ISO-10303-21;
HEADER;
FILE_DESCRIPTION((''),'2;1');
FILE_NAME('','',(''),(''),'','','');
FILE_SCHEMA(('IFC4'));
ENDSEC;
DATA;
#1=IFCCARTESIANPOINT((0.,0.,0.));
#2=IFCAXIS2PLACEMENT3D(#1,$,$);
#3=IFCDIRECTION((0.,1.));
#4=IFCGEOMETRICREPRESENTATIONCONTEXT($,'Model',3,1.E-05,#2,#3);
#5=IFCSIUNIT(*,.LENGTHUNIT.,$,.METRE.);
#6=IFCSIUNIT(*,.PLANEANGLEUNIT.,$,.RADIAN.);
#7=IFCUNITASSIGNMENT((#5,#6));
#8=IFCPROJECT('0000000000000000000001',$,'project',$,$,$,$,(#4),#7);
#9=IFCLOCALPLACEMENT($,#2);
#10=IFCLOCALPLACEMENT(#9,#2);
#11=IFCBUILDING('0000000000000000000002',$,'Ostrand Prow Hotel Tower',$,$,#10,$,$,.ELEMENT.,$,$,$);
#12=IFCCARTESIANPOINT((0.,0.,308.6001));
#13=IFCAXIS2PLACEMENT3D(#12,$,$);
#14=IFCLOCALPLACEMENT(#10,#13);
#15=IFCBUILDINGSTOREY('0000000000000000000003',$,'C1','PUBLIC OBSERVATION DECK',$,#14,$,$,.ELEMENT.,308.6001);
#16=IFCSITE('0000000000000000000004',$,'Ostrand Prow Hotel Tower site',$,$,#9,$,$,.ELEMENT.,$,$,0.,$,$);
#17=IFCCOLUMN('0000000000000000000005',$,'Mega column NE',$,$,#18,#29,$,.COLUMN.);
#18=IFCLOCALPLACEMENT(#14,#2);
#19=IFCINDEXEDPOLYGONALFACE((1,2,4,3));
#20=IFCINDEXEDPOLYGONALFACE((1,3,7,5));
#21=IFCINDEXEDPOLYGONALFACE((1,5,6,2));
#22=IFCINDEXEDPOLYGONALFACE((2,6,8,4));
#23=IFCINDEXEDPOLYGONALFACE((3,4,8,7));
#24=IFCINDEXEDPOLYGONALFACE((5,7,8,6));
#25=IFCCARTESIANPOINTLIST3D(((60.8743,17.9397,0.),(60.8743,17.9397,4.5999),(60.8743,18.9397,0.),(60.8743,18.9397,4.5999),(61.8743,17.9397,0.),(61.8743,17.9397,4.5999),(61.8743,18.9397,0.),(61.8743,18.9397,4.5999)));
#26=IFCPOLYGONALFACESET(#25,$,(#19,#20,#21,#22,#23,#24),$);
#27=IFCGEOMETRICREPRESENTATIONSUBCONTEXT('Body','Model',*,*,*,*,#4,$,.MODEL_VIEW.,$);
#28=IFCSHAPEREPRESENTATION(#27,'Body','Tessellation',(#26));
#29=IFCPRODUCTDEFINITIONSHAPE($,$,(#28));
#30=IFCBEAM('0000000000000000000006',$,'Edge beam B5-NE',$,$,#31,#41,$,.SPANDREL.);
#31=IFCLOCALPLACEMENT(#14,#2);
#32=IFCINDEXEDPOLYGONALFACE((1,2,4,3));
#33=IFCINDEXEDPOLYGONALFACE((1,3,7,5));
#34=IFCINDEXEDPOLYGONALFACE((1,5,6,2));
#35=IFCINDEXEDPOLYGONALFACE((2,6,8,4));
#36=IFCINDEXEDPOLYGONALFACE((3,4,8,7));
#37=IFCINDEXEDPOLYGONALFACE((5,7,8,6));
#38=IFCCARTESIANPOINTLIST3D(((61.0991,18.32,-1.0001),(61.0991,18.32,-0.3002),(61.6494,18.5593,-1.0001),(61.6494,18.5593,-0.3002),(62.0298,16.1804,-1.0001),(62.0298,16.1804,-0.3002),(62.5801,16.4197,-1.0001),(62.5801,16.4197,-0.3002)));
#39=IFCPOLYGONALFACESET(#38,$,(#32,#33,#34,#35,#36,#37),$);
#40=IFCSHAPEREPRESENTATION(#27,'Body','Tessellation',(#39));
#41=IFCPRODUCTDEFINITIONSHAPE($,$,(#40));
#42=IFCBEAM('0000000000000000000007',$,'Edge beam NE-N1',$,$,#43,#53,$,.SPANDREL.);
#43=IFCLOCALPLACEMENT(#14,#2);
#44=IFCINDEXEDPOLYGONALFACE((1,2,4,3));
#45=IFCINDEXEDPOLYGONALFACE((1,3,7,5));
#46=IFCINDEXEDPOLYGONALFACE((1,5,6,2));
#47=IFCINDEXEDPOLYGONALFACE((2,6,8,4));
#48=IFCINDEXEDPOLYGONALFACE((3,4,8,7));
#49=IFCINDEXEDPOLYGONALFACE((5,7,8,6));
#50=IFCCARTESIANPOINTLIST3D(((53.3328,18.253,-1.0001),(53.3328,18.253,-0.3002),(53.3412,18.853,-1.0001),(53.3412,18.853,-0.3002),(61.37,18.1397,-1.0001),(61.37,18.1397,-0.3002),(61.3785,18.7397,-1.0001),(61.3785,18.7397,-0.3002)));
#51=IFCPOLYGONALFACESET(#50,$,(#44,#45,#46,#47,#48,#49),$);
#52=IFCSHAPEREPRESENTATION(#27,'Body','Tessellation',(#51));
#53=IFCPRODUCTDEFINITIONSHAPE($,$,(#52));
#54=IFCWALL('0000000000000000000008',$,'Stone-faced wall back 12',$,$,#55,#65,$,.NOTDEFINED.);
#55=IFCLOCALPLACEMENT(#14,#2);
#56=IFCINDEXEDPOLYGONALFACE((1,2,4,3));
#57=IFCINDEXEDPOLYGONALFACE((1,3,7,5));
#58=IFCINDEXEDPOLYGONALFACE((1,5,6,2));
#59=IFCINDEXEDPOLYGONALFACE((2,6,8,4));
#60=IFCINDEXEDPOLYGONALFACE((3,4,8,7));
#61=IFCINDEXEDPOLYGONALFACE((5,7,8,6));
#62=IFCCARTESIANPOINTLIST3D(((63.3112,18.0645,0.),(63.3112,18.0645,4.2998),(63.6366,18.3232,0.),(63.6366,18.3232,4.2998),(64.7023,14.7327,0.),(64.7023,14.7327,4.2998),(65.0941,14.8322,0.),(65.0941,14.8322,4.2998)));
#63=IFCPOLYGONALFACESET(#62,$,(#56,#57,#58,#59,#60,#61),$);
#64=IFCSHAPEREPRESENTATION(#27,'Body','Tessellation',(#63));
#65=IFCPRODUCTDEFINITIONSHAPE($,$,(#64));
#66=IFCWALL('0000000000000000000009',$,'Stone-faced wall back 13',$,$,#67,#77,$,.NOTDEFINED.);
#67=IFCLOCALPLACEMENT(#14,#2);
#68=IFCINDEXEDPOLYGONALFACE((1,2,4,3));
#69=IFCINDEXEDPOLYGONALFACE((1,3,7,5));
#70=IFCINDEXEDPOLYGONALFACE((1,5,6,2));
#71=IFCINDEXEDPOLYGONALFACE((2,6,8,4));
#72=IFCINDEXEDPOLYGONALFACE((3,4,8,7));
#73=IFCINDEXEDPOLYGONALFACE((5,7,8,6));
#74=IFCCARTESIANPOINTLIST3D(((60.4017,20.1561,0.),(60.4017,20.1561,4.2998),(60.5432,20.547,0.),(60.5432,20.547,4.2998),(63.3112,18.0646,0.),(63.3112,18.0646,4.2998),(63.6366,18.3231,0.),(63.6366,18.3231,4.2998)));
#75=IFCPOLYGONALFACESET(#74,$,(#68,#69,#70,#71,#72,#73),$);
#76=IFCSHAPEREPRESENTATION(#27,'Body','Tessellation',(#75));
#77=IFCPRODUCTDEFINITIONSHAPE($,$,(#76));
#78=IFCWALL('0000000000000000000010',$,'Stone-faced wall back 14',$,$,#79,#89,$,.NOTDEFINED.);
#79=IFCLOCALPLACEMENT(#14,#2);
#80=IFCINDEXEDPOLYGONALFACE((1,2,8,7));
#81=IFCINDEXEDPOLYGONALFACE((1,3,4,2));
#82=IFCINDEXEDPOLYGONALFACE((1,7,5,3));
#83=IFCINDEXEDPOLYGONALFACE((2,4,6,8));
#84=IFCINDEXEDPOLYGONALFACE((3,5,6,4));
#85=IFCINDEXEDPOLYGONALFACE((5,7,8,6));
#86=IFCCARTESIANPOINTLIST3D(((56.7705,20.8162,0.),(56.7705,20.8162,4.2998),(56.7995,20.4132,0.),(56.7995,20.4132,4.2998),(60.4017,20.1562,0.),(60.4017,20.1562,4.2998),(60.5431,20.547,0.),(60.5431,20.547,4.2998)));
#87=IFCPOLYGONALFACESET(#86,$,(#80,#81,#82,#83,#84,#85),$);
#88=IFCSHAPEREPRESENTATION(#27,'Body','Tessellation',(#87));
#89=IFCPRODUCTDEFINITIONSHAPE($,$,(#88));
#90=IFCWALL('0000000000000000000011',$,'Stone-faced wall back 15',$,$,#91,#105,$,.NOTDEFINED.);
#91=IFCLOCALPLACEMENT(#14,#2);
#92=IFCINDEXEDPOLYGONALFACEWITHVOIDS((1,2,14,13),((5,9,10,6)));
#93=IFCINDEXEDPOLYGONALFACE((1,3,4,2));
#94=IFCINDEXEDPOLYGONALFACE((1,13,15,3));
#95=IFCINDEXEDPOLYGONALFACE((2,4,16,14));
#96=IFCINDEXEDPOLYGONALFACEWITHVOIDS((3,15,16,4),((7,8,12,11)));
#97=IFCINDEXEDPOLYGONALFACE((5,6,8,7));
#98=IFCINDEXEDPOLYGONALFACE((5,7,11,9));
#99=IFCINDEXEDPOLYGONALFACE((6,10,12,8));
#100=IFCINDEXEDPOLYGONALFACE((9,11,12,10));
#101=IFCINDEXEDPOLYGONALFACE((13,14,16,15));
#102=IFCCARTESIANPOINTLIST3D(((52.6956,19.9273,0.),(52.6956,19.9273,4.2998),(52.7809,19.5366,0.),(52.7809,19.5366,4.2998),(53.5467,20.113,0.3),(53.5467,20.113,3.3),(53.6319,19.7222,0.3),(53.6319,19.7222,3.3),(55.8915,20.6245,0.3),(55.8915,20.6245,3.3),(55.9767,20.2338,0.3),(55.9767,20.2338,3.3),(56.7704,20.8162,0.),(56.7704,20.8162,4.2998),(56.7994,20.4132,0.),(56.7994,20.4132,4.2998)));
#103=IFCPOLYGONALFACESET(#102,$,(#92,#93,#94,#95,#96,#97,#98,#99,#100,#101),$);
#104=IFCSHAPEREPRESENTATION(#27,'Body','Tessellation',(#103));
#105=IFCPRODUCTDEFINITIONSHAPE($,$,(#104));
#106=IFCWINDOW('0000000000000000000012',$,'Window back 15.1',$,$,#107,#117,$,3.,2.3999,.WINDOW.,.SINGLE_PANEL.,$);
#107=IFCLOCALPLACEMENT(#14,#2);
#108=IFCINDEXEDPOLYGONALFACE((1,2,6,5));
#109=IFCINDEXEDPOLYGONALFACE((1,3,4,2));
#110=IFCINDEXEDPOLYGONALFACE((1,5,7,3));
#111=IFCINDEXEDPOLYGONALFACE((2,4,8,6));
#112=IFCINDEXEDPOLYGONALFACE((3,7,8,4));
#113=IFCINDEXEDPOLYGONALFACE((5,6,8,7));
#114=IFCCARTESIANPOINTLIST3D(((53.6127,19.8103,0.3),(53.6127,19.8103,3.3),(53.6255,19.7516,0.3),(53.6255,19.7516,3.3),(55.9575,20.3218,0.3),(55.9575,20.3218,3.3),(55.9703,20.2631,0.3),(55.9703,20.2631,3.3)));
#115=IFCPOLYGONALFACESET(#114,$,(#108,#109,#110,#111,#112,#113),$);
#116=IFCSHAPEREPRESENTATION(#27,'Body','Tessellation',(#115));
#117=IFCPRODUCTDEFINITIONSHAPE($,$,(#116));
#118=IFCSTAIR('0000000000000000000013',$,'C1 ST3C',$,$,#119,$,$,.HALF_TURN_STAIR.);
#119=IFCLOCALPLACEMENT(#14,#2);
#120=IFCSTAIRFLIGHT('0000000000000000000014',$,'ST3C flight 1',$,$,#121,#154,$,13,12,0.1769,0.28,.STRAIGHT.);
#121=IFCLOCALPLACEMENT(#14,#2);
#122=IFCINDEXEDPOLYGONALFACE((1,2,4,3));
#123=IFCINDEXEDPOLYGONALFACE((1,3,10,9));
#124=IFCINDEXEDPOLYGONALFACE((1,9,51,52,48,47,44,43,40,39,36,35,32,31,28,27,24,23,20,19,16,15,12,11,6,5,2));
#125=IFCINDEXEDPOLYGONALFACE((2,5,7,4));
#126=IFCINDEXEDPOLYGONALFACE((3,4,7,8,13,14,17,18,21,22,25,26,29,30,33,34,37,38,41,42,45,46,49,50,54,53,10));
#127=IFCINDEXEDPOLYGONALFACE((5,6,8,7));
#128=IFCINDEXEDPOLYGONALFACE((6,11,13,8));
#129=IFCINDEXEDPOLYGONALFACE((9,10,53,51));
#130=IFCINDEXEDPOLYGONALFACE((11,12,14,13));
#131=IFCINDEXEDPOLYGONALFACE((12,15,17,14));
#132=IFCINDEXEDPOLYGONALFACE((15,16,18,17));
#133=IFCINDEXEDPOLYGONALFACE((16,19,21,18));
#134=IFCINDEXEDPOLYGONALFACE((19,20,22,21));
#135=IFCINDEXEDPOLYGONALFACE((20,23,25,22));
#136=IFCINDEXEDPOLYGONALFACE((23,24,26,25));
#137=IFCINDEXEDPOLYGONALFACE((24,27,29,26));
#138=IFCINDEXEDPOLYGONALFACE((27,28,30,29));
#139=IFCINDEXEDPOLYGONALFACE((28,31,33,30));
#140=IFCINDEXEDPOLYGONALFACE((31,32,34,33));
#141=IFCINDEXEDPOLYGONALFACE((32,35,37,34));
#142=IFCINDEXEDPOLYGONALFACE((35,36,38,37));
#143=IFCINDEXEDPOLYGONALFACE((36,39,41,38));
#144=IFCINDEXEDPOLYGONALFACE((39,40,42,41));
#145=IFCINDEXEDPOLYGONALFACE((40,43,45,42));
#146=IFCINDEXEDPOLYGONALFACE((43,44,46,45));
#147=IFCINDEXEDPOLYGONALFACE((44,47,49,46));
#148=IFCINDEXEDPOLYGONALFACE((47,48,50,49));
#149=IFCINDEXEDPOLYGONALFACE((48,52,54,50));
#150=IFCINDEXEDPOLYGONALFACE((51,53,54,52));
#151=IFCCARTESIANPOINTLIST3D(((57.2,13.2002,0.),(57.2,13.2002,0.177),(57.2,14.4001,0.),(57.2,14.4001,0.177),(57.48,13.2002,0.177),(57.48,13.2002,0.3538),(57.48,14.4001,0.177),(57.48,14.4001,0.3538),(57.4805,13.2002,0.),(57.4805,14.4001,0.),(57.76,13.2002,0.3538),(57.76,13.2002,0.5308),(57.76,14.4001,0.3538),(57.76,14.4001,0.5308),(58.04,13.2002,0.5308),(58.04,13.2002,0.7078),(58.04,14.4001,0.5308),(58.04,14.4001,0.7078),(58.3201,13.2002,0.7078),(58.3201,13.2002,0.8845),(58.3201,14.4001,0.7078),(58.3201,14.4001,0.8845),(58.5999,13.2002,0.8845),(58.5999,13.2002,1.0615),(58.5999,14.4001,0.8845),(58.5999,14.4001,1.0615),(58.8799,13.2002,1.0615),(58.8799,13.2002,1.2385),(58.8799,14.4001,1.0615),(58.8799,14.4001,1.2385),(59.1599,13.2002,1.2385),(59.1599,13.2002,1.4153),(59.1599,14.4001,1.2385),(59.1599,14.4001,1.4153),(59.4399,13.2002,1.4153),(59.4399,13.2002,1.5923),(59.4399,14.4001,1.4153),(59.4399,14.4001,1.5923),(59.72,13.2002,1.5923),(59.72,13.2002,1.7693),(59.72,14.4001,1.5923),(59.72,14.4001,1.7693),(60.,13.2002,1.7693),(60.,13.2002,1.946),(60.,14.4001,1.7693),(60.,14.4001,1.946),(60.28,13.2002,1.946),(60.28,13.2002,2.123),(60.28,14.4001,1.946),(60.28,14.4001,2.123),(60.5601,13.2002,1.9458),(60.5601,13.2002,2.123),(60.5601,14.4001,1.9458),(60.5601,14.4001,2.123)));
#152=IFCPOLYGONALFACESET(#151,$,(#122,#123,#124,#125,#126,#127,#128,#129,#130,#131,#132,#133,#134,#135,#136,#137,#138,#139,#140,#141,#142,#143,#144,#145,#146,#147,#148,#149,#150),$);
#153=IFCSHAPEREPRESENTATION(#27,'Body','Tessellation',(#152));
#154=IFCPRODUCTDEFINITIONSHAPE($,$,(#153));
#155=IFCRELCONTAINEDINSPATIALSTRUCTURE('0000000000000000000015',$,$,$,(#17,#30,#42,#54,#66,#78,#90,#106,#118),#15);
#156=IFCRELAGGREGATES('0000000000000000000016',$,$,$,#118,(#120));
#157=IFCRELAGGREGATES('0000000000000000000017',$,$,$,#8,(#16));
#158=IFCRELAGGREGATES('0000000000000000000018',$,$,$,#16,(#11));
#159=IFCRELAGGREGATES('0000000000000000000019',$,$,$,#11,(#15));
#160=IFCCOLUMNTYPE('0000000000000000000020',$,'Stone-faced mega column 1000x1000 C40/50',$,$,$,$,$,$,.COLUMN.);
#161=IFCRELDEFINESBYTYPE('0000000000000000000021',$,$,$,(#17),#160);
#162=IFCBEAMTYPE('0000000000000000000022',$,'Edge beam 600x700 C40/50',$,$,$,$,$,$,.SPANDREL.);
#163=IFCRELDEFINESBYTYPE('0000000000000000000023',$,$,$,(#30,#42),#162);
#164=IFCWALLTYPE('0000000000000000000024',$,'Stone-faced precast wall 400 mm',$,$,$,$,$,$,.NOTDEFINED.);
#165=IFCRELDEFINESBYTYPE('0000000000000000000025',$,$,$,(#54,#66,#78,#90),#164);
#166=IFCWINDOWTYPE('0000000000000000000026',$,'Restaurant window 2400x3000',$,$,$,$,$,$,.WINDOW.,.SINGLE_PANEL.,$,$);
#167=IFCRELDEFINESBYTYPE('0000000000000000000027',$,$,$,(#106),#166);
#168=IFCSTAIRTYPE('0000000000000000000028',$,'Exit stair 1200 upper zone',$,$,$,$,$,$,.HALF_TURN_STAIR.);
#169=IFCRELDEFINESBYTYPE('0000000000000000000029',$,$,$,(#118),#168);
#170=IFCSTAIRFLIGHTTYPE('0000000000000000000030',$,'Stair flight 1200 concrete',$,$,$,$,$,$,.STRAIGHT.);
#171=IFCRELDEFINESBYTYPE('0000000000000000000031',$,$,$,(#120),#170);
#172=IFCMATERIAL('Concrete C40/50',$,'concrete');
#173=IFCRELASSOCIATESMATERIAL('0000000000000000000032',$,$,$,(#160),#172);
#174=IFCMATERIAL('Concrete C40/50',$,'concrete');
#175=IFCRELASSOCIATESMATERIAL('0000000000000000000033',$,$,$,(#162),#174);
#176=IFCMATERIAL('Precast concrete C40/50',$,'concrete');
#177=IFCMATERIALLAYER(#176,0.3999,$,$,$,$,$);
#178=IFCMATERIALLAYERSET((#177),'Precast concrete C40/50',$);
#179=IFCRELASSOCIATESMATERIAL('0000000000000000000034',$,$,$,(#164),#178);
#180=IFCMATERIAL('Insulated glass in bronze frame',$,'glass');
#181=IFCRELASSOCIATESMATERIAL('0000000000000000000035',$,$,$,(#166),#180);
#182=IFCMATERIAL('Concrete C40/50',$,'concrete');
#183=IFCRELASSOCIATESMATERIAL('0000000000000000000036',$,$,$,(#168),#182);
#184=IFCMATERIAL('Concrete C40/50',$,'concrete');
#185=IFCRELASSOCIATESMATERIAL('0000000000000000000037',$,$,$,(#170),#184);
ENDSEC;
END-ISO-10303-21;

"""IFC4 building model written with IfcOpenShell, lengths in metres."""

from ifc_helpers import new_model, si_unit, direction, frame, frame_2d, origin, origin_2d, place, context, subcontext, project, spatial, polyline, rectangle, outline, extrude, material, layer, layer_set, material_profile, profile_set, type_object, element, fill, aggregate, save


model = new_model("IFC4")

# Units and contexts
model_context = context("Model", 3, precision=1e-05, world=origin(), true_north=direction((0.0, 1.0)))
body_context = subcontext(model_context, "Body", "Model", "MODEL_VIEW")
ifc_project = project(units=[si_unit("LENGTHUNIT", "METRE"), si_unit("PLANEANGLEUNIT", "RADIAN")], contexts=[model_context])

# Site, building, storey
site_placement = place(None, origin())
site = spatial("IfcSite", under=ifc_project, at=site_placement, Name="Ostrand Prow Hotel Tower site", CompositionType="ELEMENT", RefElevation=0.0)
building_placement = place(site_placement, origin())
building = spatial("IfcBuilding", under=site, at=building_placement, Name="Ostrand Prow Hotel Tower", CompositionType="ELEMENT")
storey_placement = place(building_placement, frame((0.0, 0.0, 308.6001)))
storey = spatial("IfcBuildingStorey", under=building, at=storey_placement, Name="C1", Description="PUBLIC OBSERVATION DECK", CompositionType="ELEMENT", Elevation=308.6001)

# Column
ifc_material_1 = material(Name="Concrete C40/50", Category="concrete")
ifc_material_profile_1 = material_profile(ifc_material_1, rectangle(XDim=1.0, YDim=1.0, at=origin_2d()), Name="RC 1000x1000")
ifc_profile_set_1 = profile_set([ifc_material_profile_1], Name="Concrete C40/50")
column_type = type_object("IfcColumnType", Name="Stone-faced mega column 1000x1000 C40/50", PredefinedType="COLUMN", material=ifc_profile_set_1)
column_placement = place(storey_placement, frame((61.3743, 18.4397, 0.0), z_axis=(0.0, 0.0, 1.0), x_axis=(1.0, 0.0, 0.0)))
element("IfcColumn", 1, at=column_placement, inside=storey, type_object=column_type, Name="Mega column NE", PredefinedType="COLUMN", context=body_context, shape_type="SweptSolid", body=[
    extrude(rectangle(XDim=1.0, YDim=1.0, at=origin_2d()), origin(), (0.0, 0.0, 1.0), 4.5999),
])

# Beams
ifc_material_2 = material(Name="Concrete C40/50", Category="concrete")
ifc_material_profile_2 = material_profile(ifc_material_2, rectangle(XDim=0.6001, YDim=0.7, at=origin_2d()), Name="RC 600x700")
ifc_profile_set_2 = profile_set([ifc_material_profile_2], Name="Concrete C40/50")
beam_type = type_object("IfcBeamType", Name="Edge beam 600x700 C40/50", PredefinedType="SPANDREL", material=ifc_profile_set_2)
beam_1_placement = place(storey_placement, frame((62.3049, 16.3, -0.6501), z_axis=(-0.398864, 0.91701, 0.0), x_axis=(-0.91701, -0.398864, 0.0)))
element("IfcBeam", 2, at=beam_1_placement, inside=storey, type_object=beam_type, Name="Edge beam B5-NE", PredefinedType="SPANDREL", context=body_context, shape_type="SweptSolid", body=[
    extrude(rectangle(XDim=0.6001, YDim=0.7, at=origin_2d()), origin(), (0.0, 0.0, 1.0), 2.3333),
])
beam_2_placement = place(storey_placement, frame((61.3743, 18.4397, -0.6501), z_axis=(-0.999901, 0.014093, 0.0), x_axis=(-0.014093, -0.999901, 0.0)))
element("IfcBeam", 3, at=beam_2_placement, inside=storey, type_object=beam_type, Name="Edge beam NE-N1", PredefinedType="SPANDREL", context=body_context, shape_type="SweptSolid", body=[
    extrude(rectangle(XDim=0.6001, YDim=0.7, at=origin_2d()), origin(), (0.0, 0.0, 1.0), 8.0381),
])

# Walls
ifc_material_3 = material(Name="Precast concrete C40/50", Category="concrete")
ifc_layer_1 = layer(ifc_material_3, 0.3999)
ifc_layer_set_1 = layer_set([ifc_layer_1], Name="Precast concrete C40/50")
wall_type = type_object("IfcWallType", Name="Stone-faced precast wall 400 mm", PredefinedType="NOTDEFINED", material=ifc_layer_set_1)
wall_1_placement = place(storey_placement, frame((64.8982, 14.7825, 0.0), z_axis=(0.0, 0.0, 1.0), x_axis=(-0.385286, 0.922797, 0.0)))
element("IfcWall", 4, at=wall_1_placement, inside=storey, type_object=wall_type, Name="Stone-faced wall back 12", PredefinedType="NOTDEFINED", context=body_context, shape_type="SweptSolid", body=[
    extrude(outline(polyline([(-0.0295, -0.2), (3.7534, -0.2), (3.6401, 0.2), (0.0295, 0.2), (-0.0295, -0.2)])), origin(), (0.0, 0.0, 1.0), 4.2998),
])
wall_2_placement = place(storey_placement, frame((63.4739, 18.1938, 0.0), z_axis=(0.0, 0.0, 1.0), x_axis=(-0.811963, 0.58371, 0.0)))
element("IfcWall", 5, at=wall_2_placement, inside=storey, type_object=wall_type, Name="Stone-faced wall back 13", PredefinedType="NOTDEFINED", context=body_context, shape_type="SweptSolid", body=[
    extrude(outline(polyline([(-0.0566, -0.2), (3.7532, -0.2), (3.6399, 0.2), (0.0566, 0.2), (-0.0566, -0.2)])), origin(), (0.0, 0.0, 1.0), 4.2998),
])
wall_3_placement = place(storey_placement, frame((60.4724, 20.3516, 0.0), z_axis=(0.0, 0.0, 1.0), x_axis=(-0.997463, 0.071191, 0.0)))
element("IfcWall", 6, at=wall_3_placement, inside=storey, type_object=wall_type, Name="Stone-faced wall back 14", PredefinedType="NOTDEFINED", context=body_context, shape_type="SweptSolid", body=[
    extrude(outline(polyline([(-0.0566, -0.2), (3.7256, -0.2), (3.668, 0.2), (0.0566, 0.2), (-0.0566, -0.2)])), origin(), (0.0, 0.0, 1.0), 4.2998),
])

# Wall, opening, window
wall_4_placement = place(storey_placement, frame((56.7849, 20.6147, 0.0), z_axis=(0.0, 0.0, 1.0), x_axis=(-0.97702, -0.213147, 0.0)))
wall_4 = element("IfcWall", 7, at=wall_4_placement, inside=storey, type_object=wall_type, Name="Stone-faced wall back 15", PredefinedType="NOTDEFINED", context=body_context, shape_type="SweptSolid", body=[
    extrude(outline(polyline([(-0.0288, -0.2), (4.1418, -0.2), (4.1418, 0.2), (0.0288, 0.2), (-0.0288, -0.2)])), origin(), (0.0, 0.0, 1.0), 4.2998),
])
opening_placement = place(wall_4_placement, frame((0.8708, 0.0, 0.3)))
opening = element("IfcOpeningElement", 8, at=opening_placement, cuts=wall_4, PredefinedType="OPENING", context=body_context, shape_type="SweptSolid", body=[
    extrude(rectangle(XDim=2.3999, YDim=3.0, at=frame_2d((1.2, 1.5))), frame((0.0, 0.21, 0.0), z_axis=(0.0, -1.0, 0.0), x_axis=(1.0, 0.0, 0.0)), (0.0, 0.0, 1.0), 0.4199),
])
ifc_material_4 = material(Name="Insulated glass in bronze frame", Category="glass")
window_type = type_object("IfcWindowType", Name="Restaurant window 2400x3000", PartitioningType="SINGLE_PANEL", PredefinedType="WINDOW", material=ifc_material_4)
window_placement = place(opening_placement, origin())
window = element("IfcWindow", 9, at=window_placement, inside=storey, type_object=window_type, Name="Window back 15.1", OverallHeight=3.0, OverallWidth=2.3999, PartitioningType="SINGLE_PANEL", PredefinedType="WINDOW", context=body_context, shape_type="SweptSolid", body=[
    extrude(rectangle(XDim=2.3999, YDim=3.0, at=frame_2d((1.2, 1.5))), frame((0.0, 0.1699, 0.0), z_axis=(0.0, -1.0, 0.0), x_axis=(1.0, 0.0, 0.0)), (0.0, 0.0, 1.0), 0.0601),
])
fill(opening, window)

# Stair, stair flight
ifc_material_5 = material(Name="Concrete C40/50", Category="concrete")
stair_type = type_object("IfcStairType", Name="Exit stair 1200 upper zone", PredefinedType="HALF_TURN_STAIR", material=ifc_material_5)
stair_placement = place(storey_placement, origin())
stair = element("IfcStair", 10, at=stair_placement, inside=storey, type_object=stair_type, Name="C1 ST3C", PredefinedType="HALF_TURN_STAIR")
ifc_material_6 = material(Name="Concrete C40/50", Category="concrete")
stair_flight_type = type_object("IfcStairFlightType", Name="Stair flight 1200 concrete", PredefinedType="STRAIGHT", material=ifc_material_6)
stair_flight_1_placement = place(storey_placement, frame((57.2, 13.8, 0.0), z_axis=(0.0, 0.0, 1.0), x_axis=(1.0, 0.0, 0.0)))
stair_flight_1 = element("IfcStairFlight", 11, at=stair_flight_1_placement, type_object=stair_flight_type, Name="ST3C flight 1", NumberOfRisers=13, NumberOfTreads=12, PredefinedType="STRAIGHT", RiserHeight=0.1769, TreadLength=0.28, context=body_context, shape_type="SweptSolid", body=[
    extrude(outline(polyline([(0.0, 0.0), (0.0, 0.177), (0.28, 0.177), (0.28, 0.3538), (0.5601, 0.3538), (0.5601, 0.5308), (0.8401, 0.5308), (0.8401, 0.7078), (1.1201, 0.7078), (1.1201, 0.8845), (1.3999, 0.8845), (1.3999, 1.0615), (1.6799, 1.0615), (1.6799, 1.2385), (1.96, 1.2385), (1.96, 1.4153), (2.24, 1.4153), (2.24, 1.5923), (2.52, 1.5923), (2.52, 1.7693), (2.8, 1.7693), (2.8, 1.946), (3.0801, 1.946), (3.0801, 2.123), (3.3601, 2.123), (3.3601, 2.3), (3.3601, 1.9458), (0.2805, 0.0), (0.0, 0.0)])), frame((0.0, 0.6001, 0.0), z_axis=(0.0, -1.0, 0.0), x_axis=(1.0, 0.0, 0.0)), (0.0, 0.0, 1.0), 1.2),
])
aggregate(stair, [stair_flight_1])

save(model, "model.ifc")
